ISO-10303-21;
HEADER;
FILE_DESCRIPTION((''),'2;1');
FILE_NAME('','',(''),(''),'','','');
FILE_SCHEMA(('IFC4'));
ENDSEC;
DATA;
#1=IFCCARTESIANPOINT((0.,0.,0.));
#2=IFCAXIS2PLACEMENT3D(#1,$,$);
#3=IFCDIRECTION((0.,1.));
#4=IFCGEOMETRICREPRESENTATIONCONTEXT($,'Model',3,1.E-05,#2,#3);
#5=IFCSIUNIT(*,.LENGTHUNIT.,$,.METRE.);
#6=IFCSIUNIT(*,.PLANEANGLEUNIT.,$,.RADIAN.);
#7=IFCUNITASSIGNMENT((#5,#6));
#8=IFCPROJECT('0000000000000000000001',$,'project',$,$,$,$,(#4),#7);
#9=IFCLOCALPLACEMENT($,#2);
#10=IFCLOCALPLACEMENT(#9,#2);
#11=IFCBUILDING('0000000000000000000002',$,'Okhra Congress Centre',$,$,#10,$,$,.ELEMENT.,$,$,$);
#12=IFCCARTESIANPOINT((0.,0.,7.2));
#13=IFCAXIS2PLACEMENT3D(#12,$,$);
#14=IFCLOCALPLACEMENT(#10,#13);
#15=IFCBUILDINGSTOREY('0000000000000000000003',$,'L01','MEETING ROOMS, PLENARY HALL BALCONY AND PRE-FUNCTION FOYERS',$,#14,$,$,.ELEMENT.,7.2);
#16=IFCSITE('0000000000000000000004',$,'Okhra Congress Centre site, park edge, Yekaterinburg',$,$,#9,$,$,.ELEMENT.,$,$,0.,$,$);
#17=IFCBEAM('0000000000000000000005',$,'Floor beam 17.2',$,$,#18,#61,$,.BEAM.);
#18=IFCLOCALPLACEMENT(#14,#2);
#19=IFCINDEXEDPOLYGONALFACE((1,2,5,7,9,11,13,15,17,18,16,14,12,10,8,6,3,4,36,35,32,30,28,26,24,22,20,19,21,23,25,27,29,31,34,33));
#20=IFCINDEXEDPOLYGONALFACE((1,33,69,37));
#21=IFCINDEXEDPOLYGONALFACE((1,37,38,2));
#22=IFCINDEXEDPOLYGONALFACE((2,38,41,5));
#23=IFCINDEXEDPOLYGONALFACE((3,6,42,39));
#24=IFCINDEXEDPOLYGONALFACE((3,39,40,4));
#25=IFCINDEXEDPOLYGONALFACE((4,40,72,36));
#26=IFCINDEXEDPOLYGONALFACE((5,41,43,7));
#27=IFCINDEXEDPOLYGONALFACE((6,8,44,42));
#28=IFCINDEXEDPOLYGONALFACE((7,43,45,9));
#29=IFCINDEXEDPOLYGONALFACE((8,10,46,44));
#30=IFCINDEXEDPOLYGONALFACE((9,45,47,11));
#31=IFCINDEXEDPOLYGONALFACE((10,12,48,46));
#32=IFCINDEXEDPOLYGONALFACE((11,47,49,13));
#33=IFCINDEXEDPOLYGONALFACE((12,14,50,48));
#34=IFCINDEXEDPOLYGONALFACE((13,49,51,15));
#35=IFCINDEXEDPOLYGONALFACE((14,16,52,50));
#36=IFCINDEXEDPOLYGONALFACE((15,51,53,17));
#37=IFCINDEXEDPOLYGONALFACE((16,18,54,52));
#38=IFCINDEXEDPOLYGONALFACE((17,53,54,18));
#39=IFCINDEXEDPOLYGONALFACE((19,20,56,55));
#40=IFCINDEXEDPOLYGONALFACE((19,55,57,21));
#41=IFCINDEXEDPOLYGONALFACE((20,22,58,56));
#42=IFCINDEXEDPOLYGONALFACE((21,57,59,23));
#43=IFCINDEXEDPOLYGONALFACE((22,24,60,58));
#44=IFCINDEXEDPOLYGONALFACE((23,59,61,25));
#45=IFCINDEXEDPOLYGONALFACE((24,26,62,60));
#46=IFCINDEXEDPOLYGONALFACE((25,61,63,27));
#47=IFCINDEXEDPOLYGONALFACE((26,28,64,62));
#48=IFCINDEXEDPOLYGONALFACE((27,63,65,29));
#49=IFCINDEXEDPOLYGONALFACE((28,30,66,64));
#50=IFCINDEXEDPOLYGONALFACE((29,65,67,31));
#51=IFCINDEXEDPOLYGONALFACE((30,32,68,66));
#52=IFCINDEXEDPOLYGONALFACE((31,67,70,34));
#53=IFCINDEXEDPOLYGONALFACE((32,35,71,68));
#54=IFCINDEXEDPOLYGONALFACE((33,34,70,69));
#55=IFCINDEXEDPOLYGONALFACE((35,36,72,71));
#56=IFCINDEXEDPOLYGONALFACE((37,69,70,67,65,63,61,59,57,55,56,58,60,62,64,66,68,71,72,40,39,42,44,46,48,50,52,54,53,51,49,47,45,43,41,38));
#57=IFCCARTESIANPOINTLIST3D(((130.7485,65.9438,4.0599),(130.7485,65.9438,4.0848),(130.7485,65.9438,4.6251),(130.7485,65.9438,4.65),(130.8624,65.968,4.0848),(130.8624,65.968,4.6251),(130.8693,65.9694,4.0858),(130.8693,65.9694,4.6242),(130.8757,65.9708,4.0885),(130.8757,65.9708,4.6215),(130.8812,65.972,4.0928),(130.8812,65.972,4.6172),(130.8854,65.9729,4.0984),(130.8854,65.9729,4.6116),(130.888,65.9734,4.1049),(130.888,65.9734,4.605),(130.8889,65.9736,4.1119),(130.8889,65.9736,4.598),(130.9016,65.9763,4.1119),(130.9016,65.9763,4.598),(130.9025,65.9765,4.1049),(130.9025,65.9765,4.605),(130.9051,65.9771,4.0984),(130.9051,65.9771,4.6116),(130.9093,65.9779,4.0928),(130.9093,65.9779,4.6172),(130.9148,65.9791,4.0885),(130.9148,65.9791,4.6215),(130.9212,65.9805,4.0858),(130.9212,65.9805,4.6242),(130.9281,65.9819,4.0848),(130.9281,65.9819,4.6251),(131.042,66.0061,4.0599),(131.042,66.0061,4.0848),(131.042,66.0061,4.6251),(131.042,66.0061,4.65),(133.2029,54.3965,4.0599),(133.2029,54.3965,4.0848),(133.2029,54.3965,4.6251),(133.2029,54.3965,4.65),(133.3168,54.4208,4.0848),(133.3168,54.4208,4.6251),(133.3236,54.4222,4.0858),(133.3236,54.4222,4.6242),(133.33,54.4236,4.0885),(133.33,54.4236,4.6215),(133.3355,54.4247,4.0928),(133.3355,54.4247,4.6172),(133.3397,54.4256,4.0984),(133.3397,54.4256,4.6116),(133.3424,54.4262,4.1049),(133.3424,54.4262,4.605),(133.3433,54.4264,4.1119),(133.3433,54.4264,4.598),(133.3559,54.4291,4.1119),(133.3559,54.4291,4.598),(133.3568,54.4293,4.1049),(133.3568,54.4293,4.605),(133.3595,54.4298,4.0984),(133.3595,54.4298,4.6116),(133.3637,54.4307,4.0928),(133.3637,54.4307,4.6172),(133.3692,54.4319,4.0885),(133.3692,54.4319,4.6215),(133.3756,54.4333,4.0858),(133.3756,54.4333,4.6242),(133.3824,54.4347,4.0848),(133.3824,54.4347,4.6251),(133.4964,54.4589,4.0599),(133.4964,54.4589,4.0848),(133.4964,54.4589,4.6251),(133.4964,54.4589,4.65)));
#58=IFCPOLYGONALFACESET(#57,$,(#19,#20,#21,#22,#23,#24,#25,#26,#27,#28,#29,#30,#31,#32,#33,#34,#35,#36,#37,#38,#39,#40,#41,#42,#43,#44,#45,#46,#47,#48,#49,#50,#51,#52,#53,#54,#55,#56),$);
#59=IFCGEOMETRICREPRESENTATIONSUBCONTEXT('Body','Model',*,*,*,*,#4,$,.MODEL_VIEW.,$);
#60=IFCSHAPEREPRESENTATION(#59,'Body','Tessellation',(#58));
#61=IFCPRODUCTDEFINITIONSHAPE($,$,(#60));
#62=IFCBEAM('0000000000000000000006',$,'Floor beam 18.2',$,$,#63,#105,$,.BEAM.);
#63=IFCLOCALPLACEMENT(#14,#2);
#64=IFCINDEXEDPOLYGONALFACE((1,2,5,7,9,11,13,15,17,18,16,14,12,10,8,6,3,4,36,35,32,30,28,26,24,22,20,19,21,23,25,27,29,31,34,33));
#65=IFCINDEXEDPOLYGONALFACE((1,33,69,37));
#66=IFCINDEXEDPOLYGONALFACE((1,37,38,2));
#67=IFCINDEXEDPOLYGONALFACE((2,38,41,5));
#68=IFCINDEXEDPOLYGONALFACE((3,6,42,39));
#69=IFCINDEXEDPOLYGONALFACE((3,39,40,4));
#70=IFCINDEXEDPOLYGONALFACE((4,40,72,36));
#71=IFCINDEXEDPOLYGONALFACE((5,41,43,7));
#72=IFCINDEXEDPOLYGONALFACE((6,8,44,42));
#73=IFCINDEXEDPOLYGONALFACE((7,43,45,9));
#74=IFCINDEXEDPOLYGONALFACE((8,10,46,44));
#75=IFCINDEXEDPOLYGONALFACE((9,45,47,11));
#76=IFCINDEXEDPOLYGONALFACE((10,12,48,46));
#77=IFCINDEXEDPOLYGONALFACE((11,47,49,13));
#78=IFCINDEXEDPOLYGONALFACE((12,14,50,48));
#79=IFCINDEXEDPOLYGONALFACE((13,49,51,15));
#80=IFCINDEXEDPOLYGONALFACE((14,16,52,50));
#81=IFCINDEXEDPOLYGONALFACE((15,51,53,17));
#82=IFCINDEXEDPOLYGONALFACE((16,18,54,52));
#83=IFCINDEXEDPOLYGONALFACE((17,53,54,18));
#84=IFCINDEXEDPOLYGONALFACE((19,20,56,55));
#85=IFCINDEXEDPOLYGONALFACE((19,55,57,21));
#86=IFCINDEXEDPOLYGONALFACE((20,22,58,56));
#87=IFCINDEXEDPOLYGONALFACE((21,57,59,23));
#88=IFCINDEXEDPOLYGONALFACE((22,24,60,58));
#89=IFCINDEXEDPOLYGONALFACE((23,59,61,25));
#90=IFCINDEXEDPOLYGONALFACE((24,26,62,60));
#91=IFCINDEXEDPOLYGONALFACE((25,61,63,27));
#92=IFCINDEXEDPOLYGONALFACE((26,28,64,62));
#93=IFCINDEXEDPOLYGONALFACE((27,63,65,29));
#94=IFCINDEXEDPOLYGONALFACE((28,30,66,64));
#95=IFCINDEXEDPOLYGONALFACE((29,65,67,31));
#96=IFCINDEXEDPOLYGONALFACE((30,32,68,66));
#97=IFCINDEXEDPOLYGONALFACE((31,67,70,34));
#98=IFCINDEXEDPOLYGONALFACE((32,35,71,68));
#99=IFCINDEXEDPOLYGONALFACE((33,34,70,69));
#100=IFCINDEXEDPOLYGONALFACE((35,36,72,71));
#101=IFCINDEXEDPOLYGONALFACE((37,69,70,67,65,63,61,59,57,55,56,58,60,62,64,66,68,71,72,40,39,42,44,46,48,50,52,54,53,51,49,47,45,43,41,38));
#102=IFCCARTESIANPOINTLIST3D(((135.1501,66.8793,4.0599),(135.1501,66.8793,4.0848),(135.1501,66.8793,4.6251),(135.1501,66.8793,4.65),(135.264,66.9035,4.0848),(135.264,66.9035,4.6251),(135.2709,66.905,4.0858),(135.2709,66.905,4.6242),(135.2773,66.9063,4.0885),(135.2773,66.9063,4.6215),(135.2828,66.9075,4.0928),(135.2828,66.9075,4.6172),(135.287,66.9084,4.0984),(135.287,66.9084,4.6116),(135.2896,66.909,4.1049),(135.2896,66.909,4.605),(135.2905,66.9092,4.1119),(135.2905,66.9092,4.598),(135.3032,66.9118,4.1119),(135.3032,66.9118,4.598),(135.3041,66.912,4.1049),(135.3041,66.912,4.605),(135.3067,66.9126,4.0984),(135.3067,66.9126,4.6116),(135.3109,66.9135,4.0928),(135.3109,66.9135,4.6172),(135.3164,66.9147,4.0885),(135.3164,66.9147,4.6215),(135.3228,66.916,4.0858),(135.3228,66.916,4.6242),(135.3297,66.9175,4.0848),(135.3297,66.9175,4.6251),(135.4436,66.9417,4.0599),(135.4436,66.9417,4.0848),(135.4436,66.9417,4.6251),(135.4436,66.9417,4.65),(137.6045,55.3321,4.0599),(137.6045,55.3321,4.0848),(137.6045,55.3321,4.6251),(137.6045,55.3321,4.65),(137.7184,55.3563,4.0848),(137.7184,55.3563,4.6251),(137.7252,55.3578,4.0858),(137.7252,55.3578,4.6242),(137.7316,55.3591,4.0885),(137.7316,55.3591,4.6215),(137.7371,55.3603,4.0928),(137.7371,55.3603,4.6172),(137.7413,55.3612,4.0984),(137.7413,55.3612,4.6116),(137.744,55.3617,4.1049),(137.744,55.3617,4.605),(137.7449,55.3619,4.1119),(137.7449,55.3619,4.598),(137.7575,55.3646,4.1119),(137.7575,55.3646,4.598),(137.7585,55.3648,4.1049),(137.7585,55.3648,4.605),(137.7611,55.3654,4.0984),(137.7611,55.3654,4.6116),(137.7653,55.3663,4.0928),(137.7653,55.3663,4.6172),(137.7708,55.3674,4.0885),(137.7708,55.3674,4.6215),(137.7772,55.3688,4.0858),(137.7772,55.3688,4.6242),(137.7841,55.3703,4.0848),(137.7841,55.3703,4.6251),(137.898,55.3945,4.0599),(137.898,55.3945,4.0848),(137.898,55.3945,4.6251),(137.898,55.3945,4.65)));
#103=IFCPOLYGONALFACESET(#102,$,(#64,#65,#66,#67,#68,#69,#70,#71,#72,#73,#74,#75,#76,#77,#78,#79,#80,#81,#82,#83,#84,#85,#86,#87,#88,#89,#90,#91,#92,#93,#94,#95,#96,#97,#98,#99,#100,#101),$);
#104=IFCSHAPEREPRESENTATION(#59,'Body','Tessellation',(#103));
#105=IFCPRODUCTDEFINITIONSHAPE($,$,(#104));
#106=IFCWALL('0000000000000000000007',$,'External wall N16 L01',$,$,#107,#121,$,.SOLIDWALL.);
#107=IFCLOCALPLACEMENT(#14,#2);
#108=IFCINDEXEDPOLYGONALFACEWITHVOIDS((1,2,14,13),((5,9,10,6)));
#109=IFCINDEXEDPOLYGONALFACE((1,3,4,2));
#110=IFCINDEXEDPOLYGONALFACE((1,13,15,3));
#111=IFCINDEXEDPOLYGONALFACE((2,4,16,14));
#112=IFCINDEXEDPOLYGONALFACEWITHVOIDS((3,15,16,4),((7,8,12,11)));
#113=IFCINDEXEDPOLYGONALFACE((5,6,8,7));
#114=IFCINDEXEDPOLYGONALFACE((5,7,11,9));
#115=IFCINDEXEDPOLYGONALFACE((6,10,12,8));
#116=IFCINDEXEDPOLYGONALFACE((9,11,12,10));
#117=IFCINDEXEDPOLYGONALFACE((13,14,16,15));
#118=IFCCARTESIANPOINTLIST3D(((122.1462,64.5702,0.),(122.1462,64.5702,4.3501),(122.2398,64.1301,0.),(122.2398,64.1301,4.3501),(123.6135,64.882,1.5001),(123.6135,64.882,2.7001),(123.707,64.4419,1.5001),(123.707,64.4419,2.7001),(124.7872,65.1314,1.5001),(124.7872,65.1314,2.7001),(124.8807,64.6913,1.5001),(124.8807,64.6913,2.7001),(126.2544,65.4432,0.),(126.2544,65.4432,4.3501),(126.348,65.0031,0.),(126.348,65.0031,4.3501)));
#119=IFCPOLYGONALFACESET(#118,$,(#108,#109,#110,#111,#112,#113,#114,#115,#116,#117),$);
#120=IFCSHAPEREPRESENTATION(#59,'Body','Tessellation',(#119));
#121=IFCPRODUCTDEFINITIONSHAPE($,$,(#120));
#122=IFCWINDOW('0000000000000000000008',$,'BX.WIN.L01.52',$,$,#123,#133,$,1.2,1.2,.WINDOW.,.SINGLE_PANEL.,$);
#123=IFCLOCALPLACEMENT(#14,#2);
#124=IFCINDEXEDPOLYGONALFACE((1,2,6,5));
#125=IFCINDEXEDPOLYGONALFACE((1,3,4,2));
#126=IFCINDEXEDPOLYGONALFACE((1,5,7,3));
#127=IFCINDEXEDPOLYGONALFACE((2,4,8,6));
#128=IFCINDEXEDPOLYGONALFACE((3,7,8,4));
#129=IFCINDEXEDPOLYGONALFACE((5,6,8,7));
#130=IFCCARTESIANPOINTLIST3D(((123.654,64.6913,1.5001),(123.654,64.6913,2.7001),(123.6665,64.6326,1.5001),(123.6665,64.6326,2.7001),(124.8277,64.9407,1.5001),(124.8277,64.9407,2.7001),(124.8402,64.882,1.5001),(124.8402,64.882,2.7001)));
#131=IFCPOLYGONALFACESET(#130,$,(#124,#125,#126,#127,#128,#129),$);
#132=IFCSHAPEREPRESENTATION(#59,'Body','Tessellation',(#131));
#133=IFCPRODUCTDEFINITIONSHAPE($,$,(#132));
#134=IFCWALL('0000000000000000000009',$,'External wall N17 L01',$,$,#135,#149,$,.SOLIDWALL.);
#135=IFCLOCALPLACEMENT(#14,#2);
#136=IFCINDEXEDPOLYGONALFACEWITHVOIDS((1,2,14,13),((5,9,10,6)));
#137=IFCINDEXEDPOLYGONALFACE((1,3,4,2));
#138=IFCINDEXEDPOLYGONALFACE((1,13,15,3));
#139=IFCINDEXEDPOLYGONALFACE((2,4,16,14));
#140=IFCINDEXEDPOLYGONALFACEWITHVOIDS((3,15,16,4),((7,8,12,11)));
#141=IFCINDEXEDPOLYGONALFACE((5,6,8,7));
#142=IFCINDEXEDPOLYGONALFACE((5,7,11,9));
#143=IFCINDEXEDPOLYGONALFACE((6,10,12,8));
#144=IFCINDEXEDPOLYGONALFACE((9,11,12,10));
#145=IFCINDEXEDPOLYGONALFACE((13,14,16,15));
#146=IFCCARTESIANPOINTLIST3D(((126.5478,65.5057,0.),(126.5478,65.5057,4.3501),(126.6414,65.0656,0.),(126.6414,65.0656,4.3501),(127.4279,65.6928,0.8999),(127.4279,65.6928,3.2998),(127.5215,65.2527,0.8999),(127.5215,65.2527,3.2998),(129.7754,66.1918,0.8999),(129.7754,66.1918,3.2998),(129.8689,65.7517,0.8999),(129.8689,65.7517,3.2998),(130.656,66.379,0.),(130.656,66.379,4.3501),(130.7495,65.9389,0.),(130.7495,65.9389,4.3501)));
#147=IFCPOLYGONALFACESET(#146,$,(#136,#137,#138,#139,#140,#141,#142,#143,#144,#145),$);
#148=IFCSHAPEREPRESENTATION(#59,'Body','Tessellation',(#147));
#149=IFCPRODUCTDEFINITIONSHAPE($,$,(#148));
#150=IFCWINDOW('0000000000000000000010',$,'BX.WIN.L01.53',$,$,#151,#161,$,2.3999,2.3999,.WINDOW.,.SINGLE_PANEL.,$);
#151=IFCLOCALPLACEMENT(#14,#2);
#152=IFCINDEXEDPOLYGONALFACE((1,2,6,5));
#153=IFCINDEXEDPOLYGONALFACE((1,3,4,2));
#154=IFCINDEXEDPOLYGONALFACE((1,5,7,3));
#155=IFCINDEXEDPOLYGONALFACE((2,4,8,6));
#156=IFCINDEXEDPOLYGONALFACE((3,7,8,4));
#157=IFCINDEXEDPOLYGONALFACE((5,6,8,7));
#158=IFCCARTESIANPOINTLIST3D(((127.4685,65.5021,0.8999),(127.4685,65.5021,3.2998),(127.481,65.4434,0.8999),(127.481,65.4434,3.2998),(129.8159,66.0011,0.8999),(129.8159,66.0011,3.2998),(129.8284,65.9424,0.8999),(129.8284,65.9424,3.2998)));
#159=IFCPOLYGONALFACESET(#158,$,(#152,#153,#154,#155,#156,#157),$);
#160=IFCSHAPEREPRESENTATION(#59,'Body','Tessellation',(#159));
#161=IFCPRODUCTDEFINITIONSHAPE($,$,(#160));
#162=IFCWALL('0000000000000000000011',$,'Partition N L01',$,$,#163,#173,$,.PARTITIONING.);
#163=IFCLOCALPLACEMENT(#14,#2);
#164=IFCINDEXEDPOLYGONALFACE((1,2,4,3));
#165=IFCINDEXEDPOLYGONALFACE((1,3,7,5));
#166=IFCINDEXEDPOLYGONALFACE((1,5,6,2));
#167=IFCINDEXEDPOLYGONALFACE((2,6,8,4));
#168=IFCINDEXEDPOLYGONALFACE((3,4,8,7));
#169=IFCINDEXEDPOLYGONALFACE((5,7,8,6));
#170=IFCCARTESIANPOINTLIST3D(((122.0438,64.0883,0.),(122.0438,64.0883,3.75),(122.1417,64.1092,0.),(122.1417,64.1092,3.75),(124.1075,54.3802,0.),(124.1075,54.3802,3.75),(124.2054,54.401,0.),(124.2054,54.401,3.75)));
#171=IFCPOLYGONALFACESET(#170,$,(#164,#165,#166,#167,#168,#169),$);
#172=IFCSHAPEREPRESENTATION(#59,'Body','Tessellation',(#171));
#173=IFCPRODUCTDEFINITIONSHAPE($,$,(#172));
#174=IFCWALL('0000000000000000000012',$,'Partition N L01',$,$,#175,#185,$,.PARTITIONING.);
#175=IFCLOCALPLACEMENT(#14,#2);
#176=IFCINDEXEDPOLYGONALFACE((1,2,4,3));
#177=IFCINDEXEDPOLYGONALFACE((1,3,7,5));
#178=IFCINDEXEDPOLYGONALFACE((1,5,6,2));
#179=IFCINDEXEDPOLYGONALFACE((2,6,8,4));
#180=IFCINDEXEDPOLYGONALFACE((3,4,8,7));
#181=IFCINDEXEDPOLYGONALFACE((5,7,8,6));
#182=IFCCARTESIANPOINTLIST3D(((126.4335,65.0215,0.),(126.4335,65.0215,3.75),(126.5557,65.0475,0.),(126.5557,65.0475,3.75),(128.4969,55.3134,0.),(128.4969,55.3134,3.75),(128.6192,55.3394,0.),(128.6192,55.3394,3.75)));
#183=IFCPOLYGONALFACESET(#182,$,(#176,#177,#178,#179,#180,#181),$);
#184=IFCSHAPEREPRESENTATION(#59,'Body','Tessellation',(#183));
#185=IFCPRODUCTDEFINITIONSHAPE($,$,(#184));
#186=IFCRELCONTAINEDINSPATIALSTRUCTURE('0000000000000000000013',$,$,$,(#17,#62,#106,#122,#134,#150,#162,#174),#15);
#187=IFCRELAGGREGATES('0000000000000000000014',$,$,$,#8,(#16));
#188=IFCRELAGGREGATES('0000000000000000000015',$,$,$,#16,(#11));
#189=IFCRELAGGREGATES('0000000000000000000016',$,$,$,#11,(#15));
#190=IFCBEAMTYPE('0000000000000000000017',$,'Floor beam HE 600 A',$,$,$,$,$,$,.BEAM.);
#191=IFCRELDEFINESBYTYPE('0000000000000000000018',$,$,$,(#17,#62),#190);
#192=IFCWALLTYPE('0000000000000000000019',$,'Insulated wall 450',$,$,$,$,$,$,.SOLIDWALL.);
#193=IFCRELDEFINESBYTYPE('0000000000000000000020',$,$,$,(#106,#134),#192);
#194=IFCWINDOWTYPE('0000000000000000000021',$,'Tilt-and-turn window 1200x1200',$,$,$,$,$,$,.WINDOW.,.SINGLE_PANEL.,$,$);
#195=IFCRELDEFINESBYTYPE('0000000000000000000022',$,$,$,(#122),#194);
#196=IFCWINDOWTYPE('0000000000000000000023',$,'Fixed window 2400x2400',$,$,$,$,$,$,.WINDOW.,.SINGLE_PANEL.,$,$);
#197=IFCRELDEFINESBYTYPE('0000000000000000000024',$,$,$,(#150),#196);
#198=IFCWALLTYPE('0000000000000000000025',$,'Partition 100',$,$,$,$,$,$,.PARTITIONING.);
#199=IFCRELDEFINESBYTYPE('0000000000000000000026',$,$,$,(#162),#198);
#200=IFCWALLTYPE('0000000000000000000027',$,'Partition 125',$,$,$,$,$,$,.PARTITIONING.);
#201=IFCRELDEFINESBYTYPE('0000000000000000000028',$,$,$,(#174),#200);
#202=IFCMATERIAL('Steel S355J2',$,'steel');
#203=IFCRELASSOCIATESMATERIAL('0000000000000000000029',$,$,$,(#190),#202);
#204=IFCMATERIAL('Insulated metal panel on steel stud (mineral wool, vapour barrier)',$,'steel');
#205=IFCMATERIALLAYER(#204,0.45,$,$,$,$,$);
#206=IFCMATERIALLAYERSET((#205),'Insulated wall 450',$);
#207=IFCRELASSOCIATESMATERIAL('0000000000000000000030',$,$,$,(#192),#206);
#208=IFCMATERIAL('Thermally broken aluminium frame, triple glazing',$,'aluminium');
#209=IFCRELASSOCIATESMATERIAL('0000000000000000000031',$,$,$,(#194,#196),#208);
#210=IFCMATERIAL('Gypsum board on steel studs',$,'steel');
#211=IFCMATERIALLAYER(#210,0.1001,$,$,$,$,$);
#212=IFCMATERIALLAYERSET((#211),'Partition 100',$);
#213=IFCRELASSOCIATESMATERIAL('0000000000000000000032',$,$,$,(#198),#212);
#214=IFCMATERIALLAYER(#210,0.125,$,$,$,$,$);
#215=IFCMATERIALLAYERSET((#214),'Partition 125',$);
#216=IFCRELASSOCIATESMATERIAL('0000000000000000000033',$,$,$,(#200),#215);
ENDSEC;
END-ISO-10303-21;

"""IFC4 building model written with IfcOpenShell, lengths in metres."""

from ifc_helpers import new_model, si_unit, direction, frame, frame_2d, origin, origin_2d, place, context, subcontext, project, spatial, rectangle, i_section, extrude, material, layer, layer_set, material_profile, profile_set, type_object, element, fill, save


model = new_model("IFC4")

# Units and contexts
model_context = context("Model", 3, precision=1e-05, world=origin(), true_north=direction((0.0, 1.0)))
body_context = subcontext(model_context, "Body", "Model", "MODEL_VIEW")
ifc_project = project(units=[si_unit("LENGTHUNIT", "METRE"), si_unit("PLANEANGLEUNIT", "RADIAN")], contexts=[model_context])

# Site, building, storey
site_placement = place(None, origin())
site = spatial("IfcSite", under=ifc_project, at=site_placement, Name="Okhra Congress Centre site, park edge, Yekaterinburg", CompositionType="ELEMENT", RefElevation=0.0)
building_placement = place(site_placement, origin())
building = spatial("IfcBuilding", under=site, at=building_placement, Name="Okhra Congress Centre", CompositionType="ELEMENT")
storey_placement = place(building_placement, frame((0.0, 0.0, 7.2)))
storey = spatial("IfcBuildingStorey", under=building, at=storey_placement, Name="L01", Description="MEETING ROOMS, PLENARY HALL BALCONY AND PRE-FUNCTION FOYERS", CompositionType="ELEMENT", Elevation=7.2)

# Shared definitions
ifc_material_1 = material(Name="Steel S355J2", Category="steel")

# Beams
ifc_material_profile_1 = material_profile(ifc_material_1, i_section(OverallWidth=0.3, OverallDepth=0.5901, WebThickness=0.0129, FlangeThickness=0.0249, FilletRadius=0.0271, at=origin_2d()), Name="HE 600 A")
ifc_profile_set_1 = profile_set([ifc_material_profile_1], Name="Steel S355J2")
beam_type_1 = type_object("IfcBeamType", Name="Floor beam HE 600 A", PredefinedType="BEAM", material=ifc_profile_set_1)
for number, where, z_axis, x_axis, name in (
    (1, (133.3496, 54.4277, 4.355), (-0.207906, 0.978149, 0.0), (-0.978149, -0.207906, 0.0), "Floor beam 17.2"),
    (2, (137.7512, 55.3633, 4.355), (-0.207906, 0.978149, 0.0), (-0.978149, -0.207906, 0.0), "Floor beam 18.2"),
):
    element("IfcBeam", number, at=place(storey_placement, frame(where, z_axis=z_axis, x_axis=x_axis)), inside=storey, type_object=beam_type_1, Name=name, PredefinedType="BEAM", context=body_context, shape_type="SweptSolid", body=[
        extrude(i_section(OverallWidth=0.3, OverallDepth=0.5901, WebThickness=0.0129, FlangeThickness=0.0249, FilletRadius=0.0271, at=origin_2d()), origin(), (0.0, 0.0, 1.0), 11.8052),
    ])

# Walls, openings, windows
ifc_material_2 = material(Name="Insulated metal panel on steel stud (mineral wool, vapour barrier)", Category="steel")
ifc_layer_1 = layer(ifc_material_2, 0.45)
ifc_layer_set_1 = layer_set([ifc_layer_1], Name="Insulated wall 450")
wall_type_1 = type_object("IfcWallType", Name="Insulated wall 450", PredefinedType="SOLIDWALL", material=ifc_layer_set_1)
wall_1_placement = place(storey_placement, frame((122.1929, 64.3501, 0.0), z_axis=(0.0, 0.0, 1.0), x_axis=(0.978156, 0.207873, 0.0)))
wall_1 = element("IfcWall", 3, at=wall_1_placement, inside=storey, type_object=wall_type_1, Name="External wall N16 L01", PredefinedType="SOLIDWALL", context=body_context, shape_type="SweptSolid", body=[
    extrude(rectangle(XDim=4.2, YDim=0.45, at=frame_2d((2.1001, 0.0))), origin(), (0.0, 0.0, 1.0), 4.3501),
])
opening_1_placement = place(wall_1_placement, frame((1.5, 0.0, 1.5)))
opening_1 = element("IfcOpeningElement", 4, at=opening_1_placement, cuts=wall_1, PredefinedType="OPENING", context=body_context, shape_type="SweptSolid", body=[
    extrude(rectangle(XDim=1.2, YDim=1.2, at=frame_2d((0.6001, 0.6001))), frame((0.0, 0.2349, 0.0), z_axis=(0.0, -1.0, 0.0), x_axis=(1.0, 0.0, 0.0)), (0.0, 0.0, 1.0), 0.47),
])
ifc_material_3 = material(Name="Thermally broken aluminium frame, triple glazing", Category="aluminium")
window_type_1 = type_object("IfcWindowType", Name="Tilt-and-turn window 1200x1200", PartitioningType="SINGLE_PANEL", PredefinedType="WINDOW", material=ifc_material_3)
window_1_placement = place(opening_1_placement, origin())
window_1 = element("IfcWindow", 5, at=window_1_placement, inside=storey, type_object=window_type_1, Name="BX.WIN.L01.52", OverallHeight=1.2, OverallWidth=1.2, PartitioningType="SINGLE_PANEL", PredefinedType="WINDOW", context=body_context, shape_type="SweptSolid", body=[
    extrude(rectangle(XDim=1.2, YDim=1.2, at=frame_2d((0.6001, 0.6001))), frame((0.0, 0.03, 0.0), z_axis=(0.0, -1.0, 0.0), x_axis=(1.0, 0.0, 0.0)), (0.0, 0.0, 1.0), 0.0601),
])
fill(opening_1, window_1)
wall_2_placement = place(storey_placement, frame((126.5945, 65.2856, 0.0), z_axis=(0.0, 0.0, 1.0), x_axis=(0.978144, 0.207929, 0.0)))
wall_2 = element("IfcWall", 6, at=wall_2_placement, inside=storey, type_object=wall_type_1, Name="External wall N17 L01", PredefinedType="SOLIDWALL", context=body_context, shape_type="SweptSolid", body=[
    extrude(rectangle(XDim=4.2, YDim=0.45, at=frame_2d((2.1001, 0.0))), origin(), (0.0, 0.0, 1.0), 4.3501),
])
opening_2_placement = place(wall_2_placement, frame((0.8999, 0.0, 0.8999)))
opening_2 = element("IfcOpeningElement", 7, at=opening_2_placement, cuts=wall_2, PredefinedType="OPENING", context=body_context, shape_type="SweptSolid", body=[
    extrude(rectangle(XDim=2.3999, YDim=2.3999, at=frame_2d((1.2, 1.2))), frame((0.0, 0.2349, 0.0), z_axis=(0.0, -1.0, 0.0), x_axis=(1.0, 0.0, 0.0)), (0.0, 0.0, 1.0), 0.47),
])
window_type_2 = type_object("IfcWindowType", Name="Fixed window 2400x2400", PartitioningType="SINGLE_PANEL", PredefinedType="WINDOW", material=ifc_material_3)
window_2_placement = place(opening_2_placement, origin())
window_2 = element("IfcWindow", 8, at=window_2_placement, inside=storey, type_object=window_type_2, Name="BX.WIN.L01.53", OverallHeight=2.3999, OverallWidth=2.3999, PartitioningType="SINGLE_PANEL", PredefinedType="WINDOW", context=body_context, shape_type="SweptSolid", body=[
    extrude(rectangle(XDim=2.3999, YDim=2.3999, at=frame_2d((1.2, 1.2))), frame((0.0, 0.03, 0.0), z_axis=(0.0, -1.0, 0.0), x_axis=(1.0, 0.0, 0.0)), (0.0, 0.0, 1.0), 0.0601),
])
fill(opening_2, window_2)

# Walls
ifc_material_4 = material(Name="Gypsum board on steel studs", Category="steel")
ifc_layer_2 = layer(ifc_material_4, 0.1001)
ifc_layer_set_2 = layer_set([ifc_layer_2], Name="Partition 100")
wall_type_2 = type_object("IfcWallType", Name="Partition 100", PredefinedType="PARTITIONING", material=ifc_layer_set_2)
wall_3_placement = place(storey_placement, frame((122.0928, 64.0986, 0.0), z_axis=(0.0, 0.0, 1.0), x_axis=(0.207933, -0.978143, 0.0)))
element("IfcWall", 9, at=wall_3_placement, inside=storey, type_object=wall_type_2, Name="Partition N L01", PredefinedType="PARTITIONING", context=body_context, shape_type="SweptSolid", body=[
    extrude(rectangle(XDim=9.925, YDim=0.1001, at=frame_2d((4.9624, 0.0))), origin(), (0.0, 0.0, 1.0), 3.75),
])
ifc_layer_3 = layer(ifc_material_4, 0.125)
ifc_layer_set_3 = layer_set([ifc_layer_3], Name="Partition 125")
wall_type_3 = type_object("IfcWallType", Name="Partition 125", PredefinedType="PARTITIONING", material=ifc_layer_set_3)
wall_4_placement = place(storey_placement, frame((126.4946, 65.0344, 0.0), z_axis=(0.0, 0.0, 1.0), x_axis=(0.207904, -0.978149, 0.0)))
element("IfcWall", 10, at=wall_4_placement, inside=storey, type_object=wall_type_3, Name="Partition N L01", PredefinedType="PARTITIONING", context=body_context, shape_type="SweptSolid", body=[
    extrude(rectangle(XDim=9.925, YDim=0.125, at=frame_2d((4.9624, 0.0))), origin(), (0.0, 0.0, 1.0), 3.75),
])

save(model, "model.ifc")
